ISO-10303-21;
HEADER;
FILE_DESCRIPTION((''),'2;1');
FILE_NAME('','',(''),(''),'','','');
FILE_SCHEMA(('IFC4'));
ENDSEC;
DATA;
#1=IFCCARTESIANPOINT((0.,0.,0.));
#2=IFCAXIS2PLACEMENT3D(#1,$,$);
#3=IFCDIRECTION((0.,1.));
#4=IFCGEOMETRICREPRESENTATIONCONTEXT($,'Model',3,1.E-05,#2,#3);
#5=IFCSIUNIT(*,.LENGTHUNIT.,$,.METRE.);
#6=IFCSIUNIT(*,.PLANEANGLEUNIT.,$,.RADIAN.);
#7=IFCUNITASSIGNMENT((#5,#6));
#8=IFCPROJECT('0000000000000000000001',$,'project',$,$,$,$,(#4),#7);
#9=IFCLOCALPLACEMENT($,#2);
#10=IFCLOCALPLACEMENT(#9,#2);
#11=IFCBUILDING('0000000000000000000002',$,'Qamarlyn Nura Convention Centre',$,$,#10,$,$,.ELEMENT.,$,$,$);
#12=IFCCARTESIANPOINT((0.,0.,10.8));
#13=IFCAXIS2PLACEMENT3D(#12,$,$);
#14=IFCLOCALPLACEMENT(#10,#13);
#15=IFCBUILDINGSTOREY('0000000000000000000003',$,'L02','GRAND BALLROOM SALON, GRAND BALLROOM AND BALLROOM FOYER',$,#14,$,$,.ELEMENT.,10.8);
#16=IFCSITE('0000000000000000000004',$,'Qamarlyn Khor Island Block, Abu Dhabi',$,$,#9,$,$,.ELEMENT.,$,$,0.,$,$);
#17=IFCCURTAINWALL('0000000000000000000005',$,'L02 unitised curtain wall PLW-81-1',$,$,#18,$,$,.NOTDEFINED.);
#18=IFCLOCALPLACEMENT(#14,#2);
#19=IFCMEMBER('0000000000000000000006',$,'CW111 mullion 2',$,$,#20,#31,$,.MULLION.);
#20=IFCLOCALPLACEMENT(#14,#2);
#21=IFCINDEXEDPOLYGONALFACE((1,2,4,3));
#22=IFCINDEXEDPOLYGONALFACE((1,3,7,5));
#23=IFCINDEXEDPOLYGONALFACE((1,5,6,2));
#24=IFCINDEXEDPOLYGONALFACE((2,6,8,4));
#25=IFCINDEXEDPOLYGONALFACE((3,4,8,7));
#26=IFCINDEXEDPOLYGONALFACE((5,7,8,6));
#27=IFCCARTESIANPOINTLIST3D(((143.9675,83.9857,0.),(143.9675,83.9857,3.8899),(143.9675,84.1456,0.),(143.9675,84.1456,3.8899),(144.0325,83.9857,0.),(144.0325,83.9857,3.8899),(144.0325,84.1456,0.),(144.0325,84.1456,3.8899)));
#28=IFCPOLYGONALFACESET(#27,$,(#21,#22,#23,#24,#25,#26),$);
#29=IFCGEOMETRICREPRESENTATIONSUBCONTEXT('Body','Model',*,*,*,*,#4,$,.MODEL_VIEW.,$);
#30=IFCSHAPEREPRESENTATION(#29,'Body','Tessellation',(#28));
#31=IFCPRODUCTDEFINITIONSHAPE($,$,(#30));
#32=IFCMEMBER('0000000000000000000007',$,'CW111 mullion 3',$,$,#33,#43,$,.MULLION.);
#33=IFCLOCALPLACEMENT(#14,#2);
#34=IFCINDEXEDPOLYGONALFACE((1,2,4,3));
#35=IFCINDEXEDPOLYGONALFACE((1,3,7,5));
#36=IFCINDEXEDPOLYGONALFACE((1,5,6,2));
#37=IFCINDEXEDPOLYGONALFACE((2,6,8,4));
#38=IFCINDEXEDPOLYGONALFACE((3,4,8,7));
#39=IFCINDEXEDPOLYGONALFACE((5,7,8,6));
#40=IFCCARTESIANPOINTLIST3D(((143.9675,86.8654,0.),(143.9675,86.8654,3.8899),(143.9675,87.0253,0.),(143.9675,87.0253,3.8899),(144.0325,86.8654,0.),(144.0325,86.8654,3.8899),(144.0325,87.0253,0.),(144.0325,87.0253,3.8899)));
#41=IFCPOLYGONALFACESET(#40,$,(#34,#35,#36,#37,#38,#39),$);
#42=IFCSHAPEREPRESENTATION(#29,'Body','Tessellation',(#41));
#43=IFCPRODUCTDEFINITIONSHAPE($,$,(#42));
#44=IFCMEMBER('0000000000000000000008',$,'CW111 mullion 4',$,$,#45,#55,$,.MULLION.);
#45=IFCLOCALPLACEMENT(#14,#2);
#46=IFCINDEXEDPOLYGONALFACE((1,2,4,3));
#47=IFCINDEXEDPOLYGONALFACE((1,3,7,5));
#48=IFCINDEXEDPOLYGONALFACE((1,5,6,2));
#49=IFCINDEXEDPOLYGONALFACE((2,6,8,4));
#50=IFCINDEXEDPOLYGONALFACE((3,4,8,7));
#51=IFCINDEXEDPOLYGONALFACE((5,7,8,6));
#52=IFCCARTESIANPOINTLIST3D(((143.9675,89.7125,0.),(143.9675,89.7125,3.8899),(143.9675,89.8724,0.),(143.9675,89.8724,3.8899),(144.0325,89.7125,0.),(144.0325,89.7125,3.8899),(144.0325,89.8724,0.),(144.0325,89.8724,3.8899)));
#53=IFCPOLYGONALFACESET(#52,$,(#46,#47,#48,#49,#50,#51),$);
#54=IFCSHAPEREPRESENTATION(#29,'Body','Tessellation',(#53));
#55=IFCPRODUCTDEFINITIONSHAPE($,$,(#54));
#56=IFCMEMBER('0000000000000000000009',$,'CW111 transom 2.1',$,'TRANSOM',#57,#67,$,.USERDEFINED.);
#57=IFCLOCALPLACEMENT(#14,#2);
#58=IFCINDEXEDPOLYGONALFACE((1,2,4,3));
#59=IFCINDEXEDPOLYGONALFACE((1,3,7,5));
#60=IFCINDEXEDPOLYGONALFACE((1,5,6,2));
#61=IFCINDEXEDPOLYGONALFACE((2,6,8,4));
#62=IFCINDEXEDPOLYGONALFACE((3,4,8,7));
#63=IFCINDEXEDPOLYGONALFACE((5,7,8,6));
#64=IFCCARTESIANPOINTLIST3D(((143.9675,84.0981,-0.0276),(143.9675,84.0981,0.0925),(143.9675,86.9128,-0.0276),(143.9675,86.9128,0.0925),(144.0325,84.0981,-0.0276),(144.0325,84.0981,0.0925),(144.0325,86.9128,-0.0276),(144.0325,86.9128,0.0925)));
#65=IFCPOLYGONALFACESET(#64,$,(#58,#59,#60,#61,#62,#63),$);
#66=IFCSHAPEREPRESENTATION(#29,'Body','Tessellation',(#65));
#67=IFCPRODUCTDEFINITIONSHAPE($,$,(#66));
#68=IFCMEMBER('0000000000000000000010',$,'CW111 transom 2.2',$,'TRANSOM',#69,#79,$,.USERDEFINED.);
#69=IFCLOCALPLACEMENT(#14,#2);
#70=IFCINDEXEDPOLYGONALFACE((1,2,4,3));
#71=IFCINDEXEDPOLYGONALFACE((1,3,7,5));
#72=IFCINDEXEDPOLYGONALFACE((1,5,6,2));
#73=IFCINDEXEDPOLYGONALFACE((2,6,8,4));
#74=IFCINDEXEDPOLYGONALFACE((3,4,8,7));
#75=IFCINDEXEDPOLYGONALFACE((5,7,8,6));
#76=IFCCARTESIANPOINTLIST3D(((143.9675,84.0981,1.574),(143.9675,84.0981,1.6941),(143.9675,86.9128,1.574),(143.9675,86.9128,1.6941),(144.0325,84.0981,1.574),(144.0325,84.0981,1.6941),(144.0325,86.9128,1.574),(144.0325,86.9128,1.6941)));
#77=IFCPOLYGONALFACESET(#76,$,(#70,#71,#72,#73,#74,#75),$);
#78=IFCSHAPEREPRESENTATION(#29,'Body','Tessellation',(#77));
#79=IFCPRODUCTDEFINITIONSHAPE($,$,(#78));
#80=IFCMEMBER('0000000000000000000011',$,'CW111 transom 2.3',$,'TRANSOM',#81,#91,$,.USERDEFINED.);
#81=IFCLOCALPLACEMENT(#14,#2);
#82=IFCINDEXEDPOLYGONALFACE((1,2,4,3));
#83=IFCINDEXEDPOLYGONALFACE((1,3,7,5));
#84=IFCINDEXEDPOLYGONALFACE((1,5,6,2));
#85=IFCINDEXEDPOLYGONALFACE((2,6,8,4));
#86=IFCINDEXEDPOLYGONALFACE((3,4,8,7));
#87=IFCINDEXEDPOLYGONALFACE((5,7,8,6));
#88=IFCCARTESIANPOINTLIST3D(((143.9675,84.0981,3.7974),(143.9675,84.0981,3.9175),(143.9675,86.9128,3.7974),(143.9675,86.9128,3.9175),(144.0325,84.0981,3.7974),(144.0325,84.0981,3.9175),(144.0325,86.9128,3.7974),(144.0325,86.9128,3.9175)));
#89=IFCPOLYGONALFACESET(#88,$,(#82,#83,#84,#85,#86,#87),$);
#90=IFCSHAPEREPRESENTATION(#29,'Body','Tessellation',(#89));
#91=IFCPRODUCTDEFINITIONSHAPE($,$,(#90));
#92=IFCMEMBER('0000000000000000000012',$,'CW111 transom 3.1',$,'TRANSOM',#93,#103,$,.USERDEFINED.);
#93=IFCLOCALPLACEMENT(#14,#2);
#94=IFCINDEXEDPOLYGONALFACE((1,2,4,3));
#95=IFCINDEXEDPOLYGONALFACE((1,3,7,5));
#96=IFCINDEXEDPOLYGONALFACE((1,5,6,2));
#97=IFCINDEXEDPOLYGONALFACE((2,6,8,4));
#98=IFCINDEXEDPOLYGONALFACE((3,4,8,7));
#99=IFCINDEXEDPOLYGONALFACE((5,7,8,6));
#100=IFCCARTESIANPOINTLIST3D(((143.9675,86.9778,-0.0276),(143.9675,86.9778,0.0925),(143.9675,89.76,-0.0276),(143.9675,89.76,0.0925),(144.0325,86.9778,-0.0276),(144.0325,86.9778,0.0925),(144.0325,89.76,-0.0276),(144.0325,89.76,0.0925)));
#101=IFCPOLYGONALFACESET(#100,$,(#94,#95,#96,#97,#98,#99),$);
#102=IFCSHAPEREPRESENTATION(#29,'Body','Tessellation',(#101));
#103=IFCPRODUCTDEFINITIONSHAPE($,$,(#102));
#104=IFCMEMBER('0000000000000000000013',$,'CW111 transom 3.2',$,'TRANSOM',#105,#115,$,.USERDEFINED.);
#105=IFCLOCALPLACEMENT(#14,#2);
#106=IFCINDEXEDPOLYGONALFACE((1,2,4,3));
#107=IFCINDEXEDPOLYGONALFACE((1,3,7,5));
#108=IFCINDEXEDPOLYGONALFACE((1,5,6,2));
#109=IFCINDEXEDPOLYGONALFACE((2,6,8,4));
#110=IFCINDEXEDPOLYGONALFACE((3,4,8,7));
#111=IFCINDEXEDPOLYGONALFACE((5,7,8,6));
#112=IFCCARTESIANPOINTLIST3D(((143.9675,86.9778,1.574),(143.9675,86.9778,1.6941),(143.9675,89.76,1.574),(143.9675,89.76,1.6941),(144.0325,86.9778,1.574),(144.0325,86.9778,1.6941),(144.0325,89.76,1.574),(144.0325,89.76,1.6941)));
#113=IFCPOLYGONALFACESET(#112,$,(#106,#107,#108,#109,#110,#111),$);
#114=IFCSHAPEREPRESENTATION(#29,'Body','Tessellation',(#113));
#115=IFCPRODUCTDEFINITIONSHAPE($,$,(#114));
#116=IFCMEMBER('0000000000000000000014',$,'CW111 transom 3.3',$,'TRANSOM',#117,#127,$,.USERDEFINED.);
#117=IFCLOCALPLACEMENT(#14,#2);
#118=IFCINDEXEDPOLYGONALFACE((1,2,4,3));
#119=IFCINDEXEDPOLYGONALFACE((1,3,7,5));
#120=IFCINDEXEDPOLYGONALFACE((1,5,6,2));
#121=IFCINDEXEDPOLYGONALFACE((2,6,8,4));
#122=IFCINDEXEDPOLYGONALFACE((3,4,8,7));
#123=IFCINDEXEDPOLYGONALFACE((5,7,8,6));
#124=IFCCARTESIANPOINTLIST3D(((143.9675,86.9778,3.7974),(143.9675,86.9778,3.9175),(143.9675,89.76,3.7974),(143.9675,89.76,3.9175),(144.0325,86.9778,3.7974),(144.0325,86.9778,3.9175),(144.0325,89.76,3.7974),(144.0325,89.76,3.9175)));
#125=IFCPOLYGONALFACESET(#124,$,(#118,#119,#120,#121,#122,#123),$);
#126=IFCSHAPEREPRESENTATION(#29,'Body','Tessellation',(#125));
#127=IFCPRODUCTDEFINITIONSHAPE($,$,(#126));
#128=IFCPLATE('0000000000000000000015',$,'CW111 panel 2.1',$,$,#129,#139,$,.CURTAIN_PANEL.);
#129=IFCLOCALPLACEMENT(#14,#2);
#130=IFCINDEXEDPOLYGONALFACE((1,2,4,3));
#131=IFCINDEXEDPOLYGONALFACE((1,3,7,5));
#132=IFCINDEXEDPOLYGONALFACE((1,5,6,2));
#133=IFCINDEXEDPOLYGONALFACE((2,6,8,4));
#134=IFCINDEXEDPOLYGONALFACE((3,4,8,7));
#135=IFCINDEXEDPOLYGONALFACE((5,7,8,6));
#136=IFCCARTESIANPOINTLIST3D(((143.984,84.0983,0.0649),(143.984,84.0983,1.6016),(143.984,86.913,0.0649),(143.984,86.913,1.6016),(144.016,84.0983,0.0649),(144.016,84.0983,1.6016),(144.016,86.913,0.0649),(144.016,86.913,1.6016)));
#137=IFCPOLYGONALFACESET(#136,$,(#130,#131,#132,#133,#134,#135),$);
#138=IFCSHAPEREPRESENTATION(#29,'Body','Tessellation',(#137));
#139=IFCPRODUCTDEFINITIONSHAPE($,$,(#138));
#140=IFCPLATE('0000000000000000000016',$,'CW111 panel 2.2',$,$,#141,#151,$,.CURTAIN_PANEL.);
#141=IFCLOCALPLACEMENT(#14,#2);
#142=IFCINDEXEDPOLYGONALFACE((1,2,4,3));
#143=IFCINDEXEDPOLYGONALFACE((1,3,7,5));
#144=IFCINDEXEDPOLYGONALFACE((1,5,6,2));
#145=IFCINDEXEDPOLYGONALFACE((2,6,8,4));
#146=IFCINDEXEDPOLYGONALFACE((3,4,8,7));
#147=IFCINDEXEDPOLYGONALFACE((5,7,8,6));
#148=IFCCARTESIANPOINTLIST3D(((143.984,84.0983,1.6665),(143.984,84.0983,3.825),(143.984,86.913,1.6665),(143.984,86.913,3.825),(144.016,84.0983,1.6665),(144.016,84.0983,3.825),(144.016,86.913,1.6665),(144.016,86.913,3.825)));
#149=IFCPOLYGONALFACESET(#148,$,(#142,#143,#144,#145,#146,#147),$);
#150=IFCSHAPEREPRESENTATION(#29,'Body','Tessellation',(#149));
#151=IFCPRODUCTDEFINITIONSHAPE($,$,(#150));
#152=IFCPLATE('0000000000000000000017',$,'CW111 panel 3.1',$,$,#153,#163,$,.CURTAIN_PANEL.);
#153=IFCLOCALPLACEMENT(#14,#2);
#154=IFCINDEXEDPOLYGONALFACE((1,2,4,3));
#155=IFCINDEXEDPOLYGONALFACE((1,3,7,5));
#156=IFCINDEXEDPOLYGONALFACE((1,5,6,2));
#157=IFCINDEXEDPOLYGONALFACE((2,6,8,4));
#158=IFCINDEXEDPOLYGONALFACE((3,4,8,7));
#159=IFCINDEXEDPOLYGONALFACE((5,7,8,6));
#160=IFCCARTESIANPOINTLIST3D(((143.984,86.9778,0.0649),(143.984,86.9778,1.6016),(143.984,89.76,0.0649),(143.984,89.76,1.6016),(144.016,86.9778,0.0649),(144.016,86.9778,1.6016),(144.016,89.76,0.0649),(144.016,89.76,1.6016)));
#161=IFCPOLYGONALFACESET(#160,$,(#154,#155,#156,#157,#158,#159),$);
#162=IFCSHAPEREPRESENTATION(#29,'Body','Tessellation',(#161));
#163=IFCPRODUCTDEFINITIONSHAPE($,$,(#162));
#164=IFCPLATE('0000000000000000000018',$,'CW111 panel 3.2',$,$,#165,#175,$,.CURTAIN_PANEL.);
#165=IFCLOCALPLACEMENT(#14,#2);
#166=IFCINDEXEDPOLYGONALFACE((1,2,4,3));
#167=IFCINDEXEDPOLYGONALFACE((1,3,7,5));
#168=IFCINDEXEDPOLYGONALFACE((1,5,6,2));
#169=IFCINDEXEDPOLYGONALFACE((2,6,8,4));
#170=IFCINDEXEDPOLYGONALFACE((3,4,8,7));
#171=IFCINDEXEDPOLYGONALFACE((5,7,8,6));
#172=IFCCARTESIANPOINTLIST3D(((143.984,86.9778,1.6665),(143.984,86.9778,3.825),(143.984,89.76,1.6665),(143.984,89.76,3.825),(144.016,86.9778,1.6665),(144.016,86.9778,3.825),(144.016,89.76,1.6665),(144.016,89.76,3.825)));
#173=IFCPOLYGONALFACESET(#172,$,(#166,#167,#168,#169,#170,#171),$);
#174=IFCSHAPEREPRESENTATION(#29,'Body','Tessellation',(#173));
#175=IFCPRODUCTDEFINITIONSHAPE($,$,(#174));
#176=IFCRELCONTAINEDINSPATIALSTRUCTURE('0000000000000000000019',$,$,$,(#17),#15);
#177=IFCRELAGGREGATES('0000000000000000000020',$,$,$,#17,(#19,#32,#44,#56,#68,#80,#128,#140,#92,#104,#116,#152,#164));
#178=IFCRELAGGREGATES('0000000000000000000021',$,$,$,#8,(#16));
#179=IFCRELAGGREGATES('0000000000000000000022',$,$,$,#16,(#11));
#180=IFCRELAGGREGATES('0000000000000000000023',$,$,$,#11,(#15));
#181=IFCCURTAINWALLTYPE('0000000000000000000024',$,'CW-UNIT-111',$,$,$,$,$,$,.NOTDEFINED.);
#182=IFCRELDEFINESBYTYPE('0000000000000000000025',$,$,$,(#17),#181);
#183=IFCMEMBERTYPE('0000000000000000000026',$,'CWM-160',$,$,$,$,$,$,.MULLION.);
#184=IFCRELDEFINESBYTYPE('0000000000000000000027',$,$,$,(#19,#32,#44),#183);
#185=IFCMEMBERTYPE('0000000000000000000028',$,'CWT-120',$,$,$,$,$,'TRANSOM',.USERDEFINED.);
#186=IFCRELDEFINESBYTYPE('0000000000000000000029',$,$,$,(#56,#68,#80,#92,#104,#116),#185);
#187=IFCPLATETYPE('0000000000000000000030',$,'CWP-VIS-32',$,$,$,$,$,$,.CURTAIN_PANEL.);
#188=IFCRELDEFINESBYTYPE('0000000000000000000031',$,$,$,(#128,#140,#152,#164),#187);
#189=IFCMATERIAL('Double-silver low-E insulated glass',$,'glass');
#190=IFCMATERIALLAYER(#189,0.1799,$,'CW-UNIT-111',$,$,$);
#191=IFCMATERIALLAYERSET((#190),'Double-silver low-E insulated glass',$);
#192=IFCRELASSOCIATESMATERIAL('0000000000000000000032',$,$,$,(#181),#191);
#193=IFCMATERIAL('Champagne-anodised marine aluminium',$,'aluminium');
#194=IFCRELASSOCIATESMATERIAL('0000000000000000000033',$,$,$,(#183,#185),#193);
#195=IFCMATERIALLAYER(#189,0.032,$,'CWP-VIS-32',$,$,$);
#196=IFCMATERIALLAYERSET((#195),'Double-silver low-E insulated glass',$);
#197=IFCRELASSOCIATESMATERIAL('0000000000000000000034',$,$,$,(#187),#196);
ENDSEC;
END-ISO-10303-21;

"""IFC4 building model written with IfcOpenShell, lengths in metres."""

from ifc_helpers import new_model, si_unit, direction, frame, origin, origin_2d, place, context, subcontext, project, spatial, rectangle, extrude, material, layer, layer_set, material_profile, profile_set, type_object, element, aggregate, save


model = new_model("IFC4")

# Units and contexts
model_context = context("Model", 3, precision=1e-05, world=origin(), true_north=direction((0.0, 1.0)))
body_context = subcontext(model_context, "Body", "Model", "MODEL_VIEW")
ifc_project = project(units=[si_unit("LENGTHUNIT", "METRE"), si_unit("PLANEANGLEUNIT", "RADIAN")], contexts=[model_context])

# Site, building, storey
site_placement = place(None, origin())
site = spatial("IfcSite", under=ifc_project, at=site_placement, Name="Qamarlyn Khor Island Block, Abu Dhabi", CompositionType="ELEMENT", RefElevation=0.0)
building_placement = place(site_placement, origin())
building = spatial("IfcBuilding", under=site, at=building_placement, Name="Qamarlyn Nura Convention Centre", CompositionType="ELEMENT")
storey_placement = place(building_placement, frame((0.0, 0.0, 10.8)))
storey = spatial("IfcBuildingStorey", under=building, at=storey_placement, Name="L02", Description="GRAND BALLROOM SALON, GRAND BALLROOM AND BALLROOM FOYER", CompositionType="ELEMENT", Elevation=10.8)

# Curtain wall, members, plates
ifc_material_1 = material(Name="Double-silver low-E insulated glass", Category="glass")
ifc_layer_1 = layer(ifc_material_1, 0.1799, Name="CW-UNIT-111")
ifc_layer_set_1 = layer_set([ifc_layer_1], Name="Double-silver low-E insulated glass")
curtain_wall_type = type_object("IfcCurtainWallType", Name="CW-UNIT-111", PredefinedType="NOTDEFINED", material=ifc_layer_set_1)
curtain_wall_placement = place(storey_placement, origin())
curtain_wall = element("IfcCurtainWall", 1, at=curtain_wall_placement, inside=storey, type_object=curtain_wall_type, Name="L02 unitised curtain wall PLW-81-1", PredefinedType="NOTDEFINED")
ifc_material_2 = material(Name="Champagne-anodised marine aluminium", Category="aluminium")
ifc_material_profile_1 = material_profile(ifc_material_2, rectangle(XDim=0.0649, YDim=0.1599, at=origin_2d()), Name="ALU MULLION 65x160")
ifc_profile_set_1 = profile_set([ifc_material_profile_1], Name="Champagne-anodised marine aluminium")
member_type_1 = type_object("IfcMemberType", Name="CWM-160", PredefinedType="MULLION", material=ifc_profile_set_1)
member_1_placement = place(storey_placement, frame((144.0, 84.0657, 0.0), z_axis=(0.0, 0.0, 1.0), x_axis=(-1.0, 0.0, 0.0)))
member_1 = element("IfcMember", 2, at=member_1_placement, type_object=member_type_1, Name="CW111 mullion 2", PredefinedType="MULLION", context=body_context, shape_type="SweptSolid", body=[
    extrude(rectangle(XDim=0.0649, YDim=0.1599, at=origin_2d()), origin(), (0.0, 0.0, 1.0), 3.8899),
])
member_2_placement = place(storey_placement, frame((144.0, 86.9453, 0.0), z_axis=(0.0, 0.0, 1.0), x_axis=(-1.0, 0.0, 0.0)))
member_2 = element("IfcMember", 3, at=member_2_placement, type_object=member_type_1, Name="CW111 mullion 3", PredefinedType="MULLION", context=body_context, shape_type="SweptSolid", body=[
    extrude(rectangle(XDim=0.0649, YDim=0.1599, at=origin_2d()), origin(), (0.0, 0.0, 1.0), 3.8899),
])
member_3_placement = place(storey_placement, frame((144.0, 89.7925, 0.0), z_axis=(0.0, 0.0, 1.0), x_axis=(-1.0, 0.0, 0.0)))
member_3 = element("IfcMember", 4, at=member_3_placement, type_object=member_type_1, Name="CW111 mullion 4", PredefinedType="MULLION", context=body_context, shape_type="SweptSolid", body=[
    extrude(rectangle(XDim=0.0649, YDim=0.1599, at=origin_2d()), origin(), (0.0, 0.0, 1.0), 3.8899),
])
ifc_material_profile_2 = material_profile(ifc_material_2, rectangle(XDim=0.0649, YDim=0.1201, at=origin_2d()), Name="ALU TRANSOM 65x120")
ifc_profile_set_2 = profile_set([ifc_material_profile_2], Name="Champagne-anodised marine aluminium")
member_type_2 = type_object("IfcMemberType", Name="CWT-120", ElementType="TRANSOM", PredefinedType="USERDEFINED", material=ifc_profile_set_2)
member_4_placement = place(storey_placement, frame((144.0, 84.0981, 0.0325), z_axis=(0.0, 1.0, 0.0), x_axis=(-1.0, 0.0, 0.0)))
member_4 = element("IfcMember", 5, at=member_4_placement, type_object=member_type_2, Name="CW111 transom 2.1", ObjectType="TRANSOM", PredefinedType="USERDEFINED", context=body_context, shape_type="SweptSolid", body=[
    extrude(rectangle(XDim=0.0649, YDim=0.1201, at=origin_2d()), origin(), (0.0, 0.0, 1.0), 2.8147),
])
member_5_placement = place(storey_placement, frame((144.0, 84.0981, 1.634), z_axis=(0.0, 1.0, 0.0), x_axis=(-1.0, 0.0, 0.0)))
member_5 = element("IfcMember", 6, at=member_5_placement, type_object=member_type_2, Name="CW111 transom 2.2", ObjectType="TRANSOM", PredefinedType="USERDEFINED", context=body_context, shape_type="SweptSolid", body=[
    extrude(rectangle(XDim=0.0649, YDim=0.1201, at=origin_2d()), origin(), (0.0, 0.0, 1.0), 2.8147),
])
member_6_placement = place(storey_placement, frame((144.0, 84.0981, 3.8574), z_axis=(0.0, 1.0, 0.0), x_axis=(-1.0, 0.0, 0.0)))
member_6 = element("IfcMember", 7, at=member_6_placement, type_object=member_type_2, Name="CW111 transom 2.3", ObjectType="TRANSOM", PredefinedType="USERDEFINED", context=body_context, shape_type="SweptSolid", body=[
    extrude(rectangle(XDim=0.0649, YDim=0.1201, at=origin_2d()), origin(), (0.0, 0.0, 1.0), 2.8147),
])
member_7_placement = place(storey_placement, frame((144.0, 86.9778, 0.0325), z_axis=(0.0, 1.0, 0.0), x_axis=(-1.0, 0.0, 0.0)))
member_7 = element("IfcMember", 8, at=member_7_placement, type_object=member_type_2, Name="CW111 transom 3.1", ObjectType="TRANSOM", PredefinedType="USERDEFINED", context=body_context, shape_type="SweptSolid", body=[
    extrude(rectangle(XDim=0.0649, YDim=0.1201, at=origin_2d()), origin(), (0.0, 0.0, 1.0), 2.7822),
])
member_8_placement = place(storey_placement, frame((144.0, 86.9778, 1.634), z_axis=(0.0, 1.0, 0.0), x_axis=(-1.0, 0.0, 0.0)))
member_8 = element("IfcMember", 9, at=member_8_placement, type_object=member_type_2, Name="CW111 transom 3.2", ObjectType="TRANSOM", PredefinedType="USERDEFINED", context=body_context, shape_type="SweptSolid", body=[
    extrude(rectangle(XDim=0.0649, YDim=0.1201, at=origin_2d()), origin(), (0.0, 0.0, 1.0), 2.7822),
])
member_9_placement = place(storey_placement, frame((144.0, 86.9778, 3.8574), z_axis=(0.0, 1.0, 0.0), x_axis=(-1.0, 0.0, 0.0)))
member_9 = element("IfcMember", 10, at=member_9_placement, type_object=member_type_2, Name="CW111 transom 3.3", ObjectType="TRANSOM", PredefinedType="USERDEFINED", context=body_context, shape_type="SweptSolid", body=[
    extrude(rectangle(XDim=0.0649, YDim=0.1201, at=origin_2d()), origin(), (0.0, 0.0, 1.0), 2.7822),
])
ifc_layer_2 = layer(ifc_material_1, 0.032, Name="CWP-VIS-32")
ifc_layer_set_2 = layer_set([ifc_layer_2], Name="Double-silver low-E insulated glass")
plate_type = type_object("IfcPlateType", Name="CWP-VIS-32", PredefinedType="CURTAIN_PANEL", material=ifc_layer_set_2)
plate_1_placement = place(storey_placement, frame((144.0, 85.5056, 0.0649), z_axis=(0.0, 0.0, 1.0), x_axis=(0.0, 1.0, 0.0)))
plate_1 = element("IfcPlate", 11, at=plate_1_placement, type_object=plate_type, Name="CW111 panel 2.1", PredefinedType="CURTAIN_PANEL", context=body_context, shape_type="SweptSolid", body=[
    extrude(rectangle(XDim=2.8147, YDim=0.032, at=origin_2d()), origin(), (0.0, 0.0, 1.0), 1.5366),
])
plate_2_placement = place(storey_placement, frame((144.0, 85.5056, 1.6665), z_axis=(0.0, 0.0, 1.0), x_axis=(0.0, 1.0, 0.0)))
plate_2 = element("IfcPlate", 12, at=plate_2_placement, type_object=plate_type, Name="CW111 panel 2.2", PredefinedType="CURTAIN_PANEL", context=body_context, shape_type="SweptSolid", body=[
    extrude(rectangle(XDim=2.8147, YDim=0.032, at=origin_2d()), origin(), (0.0, 0.0, 1.0), 2.1584),
])
plate_3_placement = place(storey_placement, frame((144.0, 88.3689, 0.0649), z_axis=(0.0, 0.0, 1.0), x_axis=(0.0, 1.0, 0.0)))
plate_3 = element("IfcPlate", 13, at=plate_3_placement, type_object=plate_type, Name="CW111 panel 3.1", PredefinedType="CURTAIN_PANEL", context=body_context, shape_type="SweptSolid", body=[
    extrude(rectangle(XDim=2.7822, YDim=0.032, at=origin_2d()), origin(), (0.0, 0.0, 1.0), 1.5366),
])
plate_4_placement = place(storey_placement, frame((144.0, 88.3689, 1.6665), z_axis=(0.0, 0.0, 1.0), x_axis=(0.0, 1.0, 0.0)))
plate_4 = element("IfcPlate", 14, at=plate_4_placement, type_object=plate_type, Name="CW111 panel 3.2", PredefinedType="CURTAIN_PANEL", context=body_context, shape_type="SweptSolid", body=[
    extrude(rectangle(XDim=2.7822, YDim=0.032, at=origin_2d()), origin(), (0.0, 0.0, 1.0), 2.1584),
])
aggregate(curtain_wall, [member_1, member_2, member_3, member_4, member_5, member_6, plate_1, plate_2, member_7, member_8, member_9, plate_3, plate_4])

save(model, "model.ifc")
